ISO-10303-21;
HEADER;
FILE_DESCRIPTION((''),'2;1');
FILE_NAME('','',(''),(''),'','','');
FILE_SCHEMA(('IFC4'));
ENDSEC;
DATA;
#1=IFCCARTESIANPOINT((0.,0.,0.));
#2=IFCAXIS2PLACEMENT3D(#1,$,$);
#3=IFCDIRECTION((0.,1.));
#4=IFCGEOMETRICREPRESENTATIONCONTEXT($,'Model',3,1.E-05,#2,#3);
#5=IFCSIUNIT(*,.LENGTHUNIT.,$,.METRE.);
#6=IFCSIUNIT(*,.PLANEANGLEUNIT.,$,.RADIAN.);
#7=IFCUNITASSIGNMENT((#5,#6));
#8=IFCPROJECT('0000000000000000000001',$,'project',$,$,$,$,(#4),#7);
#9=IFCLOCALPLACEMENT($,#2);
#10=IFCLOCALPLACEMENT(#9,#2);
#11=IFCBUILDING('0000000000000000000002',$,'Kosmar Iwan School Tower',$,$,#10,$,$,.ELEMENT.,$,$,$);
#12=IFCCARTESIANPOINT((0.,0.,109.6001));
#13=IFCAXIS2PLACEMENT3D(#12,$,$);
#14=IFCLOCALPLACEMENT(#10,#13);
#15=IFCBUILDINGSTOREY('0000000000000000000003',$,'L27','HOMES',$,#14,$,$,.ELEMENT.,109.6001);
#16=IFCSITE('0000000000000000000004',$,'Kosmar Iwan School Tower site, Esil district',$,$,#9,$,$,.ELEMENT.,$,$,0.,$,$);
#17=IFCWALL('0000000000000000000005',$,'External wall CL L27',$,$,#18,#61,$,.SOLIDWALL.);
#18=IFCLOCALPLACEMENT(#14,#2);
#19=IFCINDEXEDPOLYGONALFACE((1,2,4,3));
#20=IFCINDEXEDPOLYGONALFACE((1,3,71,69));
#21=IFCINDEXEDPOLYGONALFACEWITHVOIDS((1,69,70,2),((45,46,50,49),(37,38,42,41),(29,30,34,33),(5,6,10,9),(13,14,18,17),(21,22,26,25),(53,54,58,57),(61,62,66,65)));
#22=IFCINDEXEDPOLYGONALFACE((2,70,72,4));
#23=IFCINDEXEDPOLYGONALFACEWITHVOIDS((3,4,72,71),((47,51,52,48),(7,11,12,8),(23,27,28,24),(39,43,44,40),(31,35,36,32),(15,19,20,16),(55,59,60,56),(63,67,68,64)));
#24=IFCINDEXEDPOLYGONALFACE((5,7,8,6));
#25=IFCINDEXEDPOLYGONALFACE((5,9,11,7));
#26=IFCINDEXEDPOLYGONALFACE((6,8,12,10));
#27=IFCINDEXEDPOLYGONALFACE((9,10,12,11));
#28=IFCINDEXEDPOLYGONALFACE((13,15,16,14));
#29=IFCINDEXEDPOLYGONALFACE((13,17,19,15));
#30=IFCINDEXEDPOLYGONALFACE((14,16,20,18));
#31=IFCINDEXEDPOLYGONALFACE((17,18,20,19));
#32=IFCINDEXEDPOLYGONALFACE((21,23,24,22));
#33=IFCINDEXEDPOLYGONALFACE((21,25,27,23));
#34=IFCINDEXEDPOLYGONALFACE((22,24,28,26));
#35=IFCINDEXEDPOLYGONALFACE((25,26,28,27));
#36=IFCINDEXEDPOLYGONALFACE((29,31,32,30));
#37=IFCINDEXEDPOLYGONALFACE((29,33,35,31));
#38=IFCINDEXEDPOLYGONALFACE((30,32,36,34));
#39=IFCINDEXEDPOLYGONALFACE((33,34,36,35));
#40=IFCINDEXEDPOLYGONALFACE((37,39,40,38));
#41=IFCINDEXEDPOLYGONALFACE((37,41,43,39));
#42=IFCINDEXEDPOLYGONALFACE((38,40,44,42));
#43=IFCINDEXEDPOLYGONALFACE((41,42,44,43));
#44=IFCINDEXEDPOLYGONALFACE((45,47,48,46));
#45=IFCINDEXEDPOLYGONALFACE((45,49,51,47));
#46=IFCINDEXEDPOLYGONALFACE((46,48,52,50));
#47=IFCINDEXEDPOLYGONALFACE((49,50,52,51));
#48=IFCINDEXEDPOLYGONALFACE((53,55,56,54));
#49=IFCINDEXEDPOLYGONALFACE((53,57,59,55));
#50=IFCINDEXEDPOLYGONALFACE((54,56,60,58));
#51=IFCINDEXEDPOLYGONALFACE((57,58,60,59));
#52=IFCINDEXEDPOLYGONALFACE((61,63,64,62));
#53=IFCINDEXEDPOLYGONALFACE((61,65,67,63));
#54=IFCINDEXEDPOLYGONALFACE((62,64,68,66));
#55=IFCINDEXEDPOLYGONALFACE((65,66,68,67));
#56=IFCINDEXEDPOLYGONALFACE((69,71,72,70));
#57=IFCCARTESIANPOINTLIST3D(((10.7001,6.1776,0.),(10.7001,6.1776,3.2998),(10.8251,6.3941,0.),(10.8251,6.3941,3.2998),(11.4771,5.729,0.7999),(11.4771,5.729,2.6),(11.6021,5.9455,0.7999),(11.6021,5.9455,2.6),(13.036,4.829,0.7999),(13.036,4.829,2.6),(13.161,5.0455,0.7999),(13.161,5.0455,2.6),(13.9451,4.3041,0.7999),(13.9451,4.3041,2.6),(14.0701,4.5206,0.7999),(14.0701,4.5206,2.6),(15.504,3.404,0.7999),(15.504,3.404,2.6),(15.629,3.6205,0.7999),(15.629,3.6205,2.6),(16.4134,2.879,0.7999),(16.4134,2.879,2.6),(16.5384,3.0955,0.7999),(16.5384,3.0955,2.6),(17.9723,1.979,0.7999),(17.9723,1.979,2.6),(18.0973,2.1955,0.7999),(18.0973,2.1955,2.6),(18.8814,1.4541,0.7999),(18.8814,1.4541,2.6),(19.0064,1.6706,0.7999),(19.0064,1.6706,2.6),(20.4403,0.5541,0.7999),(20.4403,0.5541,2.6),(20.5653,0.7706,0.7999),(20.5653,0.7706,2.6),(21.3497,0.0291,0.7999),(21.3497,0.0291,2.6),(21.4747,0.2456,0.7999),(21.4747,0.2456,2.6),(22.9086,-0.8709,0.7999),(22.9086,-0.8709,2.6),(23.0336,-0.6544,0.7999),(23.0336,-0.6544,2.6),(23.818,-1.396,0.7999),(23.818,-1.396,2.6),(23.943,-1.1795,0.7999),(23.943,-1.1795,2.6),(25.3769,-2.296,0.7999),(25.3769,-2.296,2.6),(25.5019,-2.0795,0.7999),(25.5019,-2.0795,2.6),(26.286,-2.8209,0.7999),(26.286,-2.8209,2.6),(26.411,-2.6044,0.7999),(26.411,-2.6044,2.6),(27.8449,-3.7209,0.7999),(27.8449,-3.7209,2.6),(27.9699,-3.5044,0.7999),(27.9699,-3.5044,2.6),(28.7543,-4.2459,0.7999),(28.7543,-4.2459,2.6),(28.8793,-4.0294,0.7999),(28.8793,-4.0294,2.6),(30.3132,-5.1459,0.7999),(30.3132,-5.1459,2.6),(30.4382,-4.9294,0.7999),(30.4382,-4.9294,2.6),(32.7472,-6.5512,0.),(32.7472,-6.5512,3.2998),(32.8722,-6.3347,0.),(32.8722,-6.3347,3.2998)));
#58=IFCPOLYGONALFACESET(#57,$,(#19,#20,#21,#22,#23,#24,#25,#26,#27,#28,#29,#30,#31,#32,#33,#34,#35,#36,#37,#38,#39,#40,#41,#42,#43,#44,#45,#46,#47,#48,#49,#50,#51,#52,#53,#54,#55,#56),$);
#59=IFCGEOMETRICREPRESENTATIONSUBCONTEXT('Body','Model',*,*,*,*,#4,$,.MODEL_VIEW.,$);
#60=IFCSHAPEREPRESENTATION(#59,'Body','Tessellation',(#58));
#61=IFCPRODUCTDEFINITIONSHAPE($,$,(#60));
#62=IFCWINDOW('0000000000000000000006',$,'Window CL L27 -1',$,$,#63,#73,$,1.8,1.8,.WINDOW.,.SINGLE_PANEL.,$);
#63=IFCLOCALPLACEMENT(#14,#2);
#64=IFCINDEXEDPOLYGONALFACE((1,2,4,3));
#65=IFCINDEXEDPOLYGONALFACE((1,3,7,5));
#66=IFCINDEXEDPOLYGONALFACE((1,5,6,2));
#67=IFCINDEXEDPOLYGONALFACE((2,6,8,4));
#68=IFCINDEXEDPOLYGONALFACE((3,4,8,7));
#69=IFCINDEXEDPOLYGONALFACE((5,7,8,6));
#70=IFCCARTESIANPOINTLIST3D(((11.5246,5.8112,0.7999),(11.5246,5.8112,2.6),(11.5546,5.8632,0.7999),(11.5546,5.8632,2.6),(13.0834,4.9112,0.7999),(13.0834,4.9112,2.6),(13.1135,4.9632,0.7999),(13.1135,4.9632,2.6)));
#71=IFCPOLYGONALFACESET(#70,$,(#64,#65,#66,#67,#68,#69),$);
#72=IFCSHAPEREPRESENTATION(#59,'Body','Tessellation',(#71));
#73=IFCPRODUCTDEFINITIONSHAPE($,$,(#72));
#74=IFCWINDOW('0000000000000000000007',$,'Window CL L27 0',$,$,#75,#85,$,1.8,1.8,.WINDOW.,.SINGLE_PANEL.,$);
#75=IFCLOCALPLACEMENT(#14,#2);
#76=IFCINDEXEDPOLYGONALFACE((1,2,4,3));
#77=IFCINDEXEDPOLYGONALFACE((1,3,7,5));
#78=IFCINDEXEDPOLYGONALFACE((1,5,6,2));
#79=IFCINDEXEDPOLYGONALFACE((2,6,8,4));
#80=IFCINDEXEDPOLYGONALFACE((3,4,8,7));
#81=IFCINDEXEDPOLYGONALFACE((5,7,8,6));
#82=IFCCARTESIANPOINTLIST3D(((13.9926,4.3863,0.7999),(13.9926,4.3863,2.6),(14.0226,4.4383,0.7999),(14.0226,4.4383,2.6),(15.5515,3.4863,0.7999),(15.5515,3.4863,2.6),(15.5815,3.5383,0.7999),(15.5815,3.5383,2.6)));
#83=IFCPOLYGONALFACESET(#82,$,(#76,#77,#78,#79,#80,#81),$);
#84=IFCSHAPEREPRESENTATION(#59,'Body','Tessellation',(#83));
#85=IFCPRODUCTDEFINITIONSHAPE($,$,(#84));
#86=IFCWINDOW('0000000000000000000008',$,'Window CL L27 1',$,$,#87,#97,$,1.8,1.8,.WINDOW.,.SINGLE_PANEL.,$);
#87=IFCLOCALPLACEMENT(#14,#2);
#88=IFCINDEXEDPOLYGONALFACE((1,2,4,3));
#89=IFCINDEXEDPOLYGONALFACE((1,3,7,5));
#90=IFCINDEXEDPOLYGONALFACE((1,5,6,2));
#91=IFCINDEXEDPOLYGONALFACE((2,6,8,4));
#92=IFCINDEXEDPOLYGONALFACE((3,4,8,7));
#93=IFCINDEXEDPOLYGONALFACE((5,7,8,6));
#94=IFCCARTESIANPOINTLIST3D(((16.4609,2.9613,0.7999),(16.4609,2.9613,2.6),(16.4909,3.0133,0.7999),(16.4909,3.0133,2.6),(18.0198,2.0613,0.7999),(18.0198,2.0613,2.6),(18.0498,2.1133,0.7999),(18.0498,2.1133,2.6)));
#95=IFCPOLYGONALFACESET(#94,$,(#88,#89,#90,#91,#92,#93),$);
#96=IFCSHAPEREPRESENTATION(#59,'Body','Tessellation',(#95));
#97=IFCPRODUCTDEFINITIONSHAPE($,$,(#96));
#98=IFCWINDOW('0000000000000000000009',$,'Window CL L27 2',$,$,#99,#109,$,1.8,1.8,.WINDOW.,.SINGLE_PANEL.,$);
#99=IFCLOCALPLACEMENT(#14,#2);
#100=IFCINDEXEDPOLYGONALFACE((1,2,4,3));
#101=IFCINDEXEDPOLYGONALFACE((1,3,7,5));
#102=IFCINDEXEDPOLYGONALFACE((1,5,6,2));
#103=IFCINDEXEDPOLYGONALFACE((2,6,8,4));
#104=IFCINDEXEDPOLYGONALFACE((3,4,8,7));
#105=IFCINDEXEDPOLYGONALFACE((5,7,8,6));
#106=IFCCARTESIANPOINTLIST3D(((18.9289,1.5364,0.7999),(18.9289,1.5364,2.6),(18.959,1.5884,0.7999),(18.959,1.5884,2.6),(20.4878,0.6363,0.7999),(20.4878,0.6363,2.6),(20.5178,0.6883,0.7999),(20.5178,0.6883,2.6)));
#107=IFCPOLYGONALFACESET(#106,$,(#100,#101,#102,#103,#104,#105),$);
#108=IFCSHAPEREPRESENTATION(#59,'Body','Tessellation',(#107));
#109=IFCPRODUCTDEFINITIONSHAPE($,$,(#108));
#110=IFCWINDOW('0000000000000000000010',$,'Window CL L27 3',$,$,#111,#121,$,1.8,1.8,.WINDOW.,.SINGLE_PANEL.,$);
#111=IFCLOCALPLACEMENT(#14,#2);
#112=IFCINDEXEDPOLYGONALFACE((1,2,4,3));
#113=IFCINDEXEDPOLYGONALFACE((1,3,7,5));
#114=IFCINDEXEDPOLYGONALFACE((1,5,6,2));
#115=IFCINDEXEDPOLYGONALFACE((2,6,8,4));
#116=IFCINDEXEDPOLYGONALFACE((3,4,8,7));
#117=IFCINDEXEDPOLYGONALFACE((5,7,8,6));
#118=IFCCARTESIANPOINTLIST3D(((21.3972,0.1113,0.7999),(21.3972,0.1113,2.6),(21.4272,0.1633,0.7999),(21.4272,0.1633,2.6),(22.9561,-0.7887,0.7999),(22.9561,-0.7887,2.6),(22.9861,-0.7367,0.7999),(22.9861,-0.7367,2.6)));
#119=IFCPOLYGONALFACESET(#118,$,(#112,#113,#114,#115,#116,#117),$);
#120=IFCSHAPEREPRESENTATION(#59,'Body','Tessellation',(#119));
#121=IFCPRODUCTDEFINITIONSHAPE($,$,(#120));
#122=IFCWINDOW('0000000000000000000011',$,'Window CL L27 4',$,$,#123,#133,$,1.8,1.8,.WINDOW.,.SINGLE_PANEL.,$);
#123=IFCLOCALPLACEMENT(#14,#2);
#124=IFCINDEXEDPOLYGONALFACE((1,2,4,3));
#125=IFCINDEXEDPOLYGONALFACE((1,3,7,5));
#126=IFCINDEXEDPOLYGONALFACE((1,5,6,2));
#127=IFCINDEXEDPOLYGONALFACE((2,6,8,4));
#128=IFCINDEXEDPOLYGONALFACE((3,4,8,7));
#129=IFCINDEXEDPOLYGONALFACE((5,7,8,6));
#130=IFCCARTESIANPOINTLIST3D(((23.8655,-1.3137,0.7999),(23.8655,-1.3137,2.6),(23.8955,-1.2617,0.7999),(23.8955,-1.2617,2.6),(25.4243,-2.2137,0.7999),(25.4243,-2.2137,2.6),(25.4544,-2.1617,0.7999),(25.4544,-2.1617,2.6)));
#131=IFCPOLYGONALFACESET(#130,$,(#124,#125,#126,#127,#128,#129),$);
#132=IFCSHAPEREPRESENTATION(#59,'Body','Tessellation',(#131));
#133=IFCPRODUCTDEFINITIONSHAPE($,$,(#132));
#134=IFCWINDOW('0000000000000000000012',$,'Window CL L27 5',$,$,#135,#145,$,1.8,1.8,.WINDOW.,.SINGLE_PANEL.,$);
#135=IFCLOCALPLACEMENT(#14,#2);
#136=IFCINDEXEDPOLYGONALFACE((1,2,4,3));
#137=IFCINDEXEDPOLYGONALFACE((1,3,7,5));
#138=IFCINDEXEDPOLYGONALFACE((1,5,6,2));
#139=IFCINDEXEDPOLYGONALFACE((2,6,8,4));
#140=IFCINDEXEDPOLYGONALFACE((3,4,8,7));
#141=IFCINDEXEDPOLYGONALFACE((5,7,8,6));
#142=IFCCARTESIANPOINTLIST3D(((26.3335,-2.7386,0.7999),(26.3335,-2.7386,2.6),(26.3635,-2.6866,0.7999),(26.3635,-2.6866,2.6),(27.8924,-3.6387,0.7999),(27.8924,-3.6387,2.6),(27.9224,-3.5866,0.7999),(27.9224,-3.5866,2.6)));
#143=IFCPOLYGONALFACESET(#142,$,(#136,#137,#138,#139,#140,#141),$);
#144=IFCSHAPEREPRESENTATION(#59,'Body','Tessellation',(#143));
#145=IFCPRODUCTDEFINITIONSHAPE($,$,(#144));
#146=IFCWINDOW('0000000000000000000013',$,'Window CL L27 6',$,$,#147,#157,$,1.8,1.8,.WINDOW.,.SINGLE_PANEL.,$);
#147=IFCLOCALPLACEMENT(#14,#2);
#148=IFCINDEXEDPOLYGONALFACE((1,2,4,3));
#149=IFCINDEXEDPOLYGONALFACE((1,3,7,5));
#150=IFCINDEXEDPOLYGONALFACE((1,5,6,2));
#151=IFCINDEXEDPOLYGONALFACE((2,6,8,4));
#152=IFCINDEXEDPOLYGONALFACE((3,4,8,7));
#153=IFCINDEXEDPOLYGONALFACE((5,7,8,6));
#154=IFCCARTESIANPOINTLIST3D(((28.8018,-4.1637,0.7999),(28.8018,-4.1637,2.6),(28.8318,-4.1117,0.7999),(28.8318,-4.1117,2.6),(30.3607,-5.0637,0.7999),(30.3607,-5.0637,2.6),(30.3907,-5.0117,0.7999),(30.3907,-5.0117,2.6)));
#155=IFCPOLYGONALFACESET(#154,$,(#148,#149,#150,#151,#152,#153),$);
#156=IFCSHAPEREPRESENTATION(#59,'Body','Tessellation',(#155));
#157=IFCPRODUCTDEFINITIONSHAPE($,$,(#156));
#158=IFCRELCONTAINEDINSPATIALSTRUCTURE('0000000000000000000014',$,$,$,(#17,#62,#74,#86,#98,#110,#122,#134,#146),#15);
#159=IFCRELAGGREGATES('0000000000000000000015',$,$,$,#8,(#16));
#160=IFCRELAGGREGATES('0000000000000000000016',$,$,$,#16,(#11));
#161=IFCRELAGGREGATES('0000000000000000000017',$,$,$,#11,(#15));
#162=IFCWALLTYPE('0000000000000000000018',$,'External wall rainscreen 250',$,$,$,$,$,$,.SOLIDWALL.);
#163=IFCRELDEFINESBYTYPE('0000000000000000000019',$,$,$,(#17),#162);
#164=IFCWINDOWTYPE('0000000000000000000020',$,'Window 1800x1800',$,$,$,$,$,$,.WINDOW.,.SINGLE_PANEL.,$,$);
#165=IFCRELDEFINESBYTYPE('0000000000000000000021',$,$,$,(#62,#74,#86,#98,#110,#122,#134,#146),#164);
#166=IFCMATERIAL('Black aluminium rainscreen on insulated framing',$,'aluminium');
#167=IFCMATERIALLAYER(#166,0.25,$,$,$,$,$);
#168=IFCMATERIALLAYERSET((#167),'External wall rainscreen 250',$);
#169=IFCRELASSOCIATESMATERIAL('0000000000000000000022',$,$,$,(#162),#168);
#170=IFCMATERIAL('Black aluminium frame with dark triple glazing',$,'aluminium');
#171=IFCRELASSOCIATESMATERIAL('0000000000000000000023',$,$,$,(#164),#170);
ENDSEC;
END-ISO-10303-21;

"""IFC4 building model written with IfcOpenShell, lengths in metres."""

from ifc_helpers import new_model, si_unit, direction, frame, frame_2d, origin, place, context, subcontext, project, spatial, rectangle, extrude, material, layer, layer_set, type_object, element, fill, save


model = new_model("IFC4")

# Units and contexts
model_context = context("Model", 3, precision=1e-05, world=origin(), true_north=direction((0.0, 1.0)))
body_context = subcontext(model_context, "Body", "Model", "MODEL_VIEW")
ifc_project = project(units=[si_unit("LENGTHUNIT", "METRE"), si_unit("PLANEANGLEUNIT", "RADIAN")], contexts=[model_context])

# Site, building, storey
site_placement = place(None, origin())
site = spatial("IfcSite", under=ifc_project, at=site_placement, Name="Kosmar Iwan School Tower site, Esil district", CompositionType="ELEMENT", RefElevation=0.0)
building_placement = place(site_placement, origin())
building = spatial("IfcBuilding", under=site, at=building_placement, Name="Kosmar Iwan School Tower", CompositionType="ELEMENT")
storey_placement = place(building_placement, frame((0.0, 0.0, 109.6001)))
storey = spatial("IfcBuildingStorey", under=building, at=storey_placement, Name="L27", Description="HOMES", CompositionType="ELEMENT", Elevation=109.6001)

# Wall, openings, windows
ifc_material_1 = material(Name="Black aluminium rainscreen on insulated framing", Category="aluminium")
ifc_layer = layer(ifc_material_1, 0.25)
ifc_layer_set = layer_set([ifc_layer], Name="External wall rainscreen 250")
wall_type = type_object("IfcWallType", Name="External wall rainscreen 250", PredefinedType="SOLIDWALL", material=ifc_layer_set)
wall_1_placement = place(storey_placement, frame((10.7625, 6.2859, 0.0), z_axis=(0.0, 0.0, 1.0), x_axis=(0.866028, -0.499996, 0.0)))
wall_1 = element("IfcWall", 1, at=wall_1_placement, inside=storey, type_object=wall_type, Name="External wall CL L27", PredefinedType="SOLIDWALL", context=body_context, shape_type="SweptSolid", body=[
    extrude(rectangle(XDim=25.4578, YDim=0.25, at=frame_2d((12.729, 0.0))), origin(), (0.0, 0.0, 1.0), 3.2998),
])
opening_1_placement = place(wall_1_placement, frame((0.8975, 0.0, 0.8)))
opening_1 = element("IfcOpeningElement", 2, at=opening_1_placement, cuts=wall_1, PredefinedType="OPENING", context=body_context, shape_type="SweptSolid", body=[
    extrude(rectangle(XDim=1.8, YDim=1.8, at=frame_2d((0.8999, 0.8999))), frame((0.0, 0.137, 0.0), z_axis=(0.0, -1.0, 0.0), x_axis=(1.0, 0.0, 0.0)), (0.0, 0.0, 1.0), 0.2739),
])
opening_2_placement = place(wall_1_placement, frame((3.7473, 0.0, 0.8)))
opening_2 = element("IfcOpeningElement", 3, at=opening_2_placement, cuts=wall_1, PredefinedType="OPENING", context=body_context, shape_type="SweptSolid", body=[
    extrude(rectangle(XDim=1.8, YDim=1.8, at=frame_2d((0.8999, 0.8999))), frame((0.0, 0.137, 0.0), z_axis=(0.0, -1.0, 0.0), x_axis=(1.0, 0.0, 0.0)), (0.0, 0.0, 1.0), 0.2739),
])
opening_3_placement = place(wall_1_placement, frame((6.5974, 0.0, 0.8)))
opening_3 = element("IfcOpeningElement", 4, at=opening_3_placement, cuts=wall_1, PredefinedType="OPENING", context=body_context, shape_type="SweptSolid", body=[
    extrude(rectangle(XDim=1.8, YDim=1.8, at=frame_2d((0.8999, 0.8999))), frame((0.0, 0.137, 0.0), z_axis=(0.0, -1.0, 0.0), x_axis=(1.0, 0.0, 0.0)), (0.0, 0.0, 1.0), 0.2739),
])
opening_4_placement = place(wall_1_placement, frame((9.4473, 0.0, 0.8)))
opening_4 = element("IfcOpeningElement", 5, at=opening_4_placement, cuts=wall_1, PredefinedType="OPENING", context=body_context, shape_type="SweptSolid", body=[
    extrude(rectangle(XDim=1.8, YDim=1.8, at=frame_2d((0.8999, 0.8999))), frame((0.0, 0.137, 0.0), z_axis=(0.0, -1.0, 0.0), x_axis=(1.0, 0.0, 0.0)), (0.0, 0.0, 1.0), 0.2739),
])
opening_5_placement = place(wall_1_placement, frame((12.2974, 0.0, 0.8)))
opening_5 = element("IfcOpeningElement", 6, at=opening_5_placement, cuts=wall_1, PredefinedType="OPENING", context=body_context, shape_type="SweptSolid", body=[
    extrude(rectangle(XDim=1.8, YDim=1.8, at=frame_2d((0.8999, 0.8999))), frame((0.0, 0.137, 0.0), z_axis=(0.0, -1.0, 0.0), x_axis=(1.0, 0.0, 0.0)), (0.0, 0.0, 1.0), 0.2739),
])
opening_6_placement = place(wall_1_placement, frame((15.1475, 0.0, 0.8)))
opening_6 = element("IfcOpeningElement", 7, at=opening_6_placement, cuts=wall_1, PredefinedType="OPENING", context=body_context, shape_type="SweptSolid", body=[
    extrude(rectangle(XDim=1.8, YDim=1.8, at=frame_2d((0.8999, 0.8999))), frame((0.0, 0.137, 0.0), z_axis=(0.0, -1.0, 0.0), x_axis=(1.0, 0.0, 0.0)), (0.0, 0.0, 1.0), 0.2739),
])
opening_7_placement = place(wall_1_placement, frame((17.9973, 0.0, 0.8)))
opening_7 = element("IfcOpeningElement", 8, at=opening_7_placement, cuts=wall_1, PredefinedType="OPENING", context=body_context, shape_type="SweptSolid", body=[
    extrude(rectangle(XDim=1.8, YDim=1.8, at=frame_2d((0.8999, 0.8999))), frame((0.0, 0.137, 0.0), z_axis=(0.0, -1.0, 0.0), x_axis=(1.0, 0.0, 0.0)), (0.0, 0.0, 1.0), 0.2739),
])
opening_8_placement = place(wall_1_placement, frame((20.8474, 0.0, 0.8)))
opening_8 = element("IfcOpeningElement", 9, at=opening_8_placement, cuts=wall_1, PredefinedType="OPENING", context=body_context, shape_type="SweptSolid", body=[
    extrude(rectangle(XDim=1.8, YDim=1.8, at=frame_2d((0.8999, 0.8999))), frame((0.0, 0.137, 0.0), z_axis=(0.0, -1.0, 0.0), x_axis=(1.0, 0.0, 0.0)), (0.0, 0.0, 1.0), 0.2739),
])
ifc_material_2 = material(Name="Black aluminium frame with dark triple glazing", Category="aluminium")
window_type = type_object("IfcWindowType", Name="Window 1800x1800", PartitioningType="SINGLE_PANEL", PredefinedType="WINDOW", material=ifc_material_2)
window_1_placement = place(opening_1_placement, origin())
window_1 = element("IfcWindow", 10, at=window_1_placement, inside=storey, type_object=window_type, Name="Window CL L27 -1", OverallHeight=1.8, OverallWidth=1.8, PartitioningType="SINGLE_PANEL", PredefinedType="WINDOW", context=body_context, shape_type="SweptSolid", body=[
    extrude(rectangle(XDim=1.8, YDim=1.8, at=frame_2d((0.8999, 0.8999))), frame((0.0, 0.03, 0.0), z_axis=(0.0, -1.0, 0.0), x_axis=(1.0, 0.0, 0.0)), (0.0, 0.0, 1.0), 0.0601),
])
fill(opening_1, window_1)
window_2_placement = place(opening_2_placement, origin())
window_2 = element("IfcWindow", 11, at=window_2_placement, inside=storey, type_object=window_type, Name="Window CL L27 0", OverallHeight=1.8, OverallWidth=1.8, PartitioningType="SINGLE_PANEL", PredefinedType="WINDOW", context=body_context, shape_type="SweptSolid", body=[
    extrude(rectangle(XDim=1.8, YDim=1.8, at=frame_2d((0.8999, 0.8999))), frame((0.0, 0.03, 0.0), z_axis=(0.0, -1.0, 0.0), x_axis=(1.0, 0.0, 0.0)), (0.0, 0.0, 1.0), 0.0601),
])
fill(opening_2, window_2)
window_3_placement = place(opening_3_placement, origin())
window_3 = element("IfcWindow", 12, at=window_3_placement, inside=storey, type_object=window_type, Name="Window CL L27 1", OverallHeight=1.8, OverallWidth=1.8, PartitioningType="SINGLE_PANEL", PredefinedType="WINDOW", context=body_context, shape_type="SweptSolid", body=[
    extrude(rectangle(XDim=1.8, YDim=1.8, at=frame_2d((0.8999, 0.8999))), frame((0.0, 0.03, 0.0), z_axis=(0.0, -1.0, 0.0), x_axis=(1.0, 0.0, 0.0)), (0.0, 0.0, 1.0), 0.0601),
])
fill(opening_3, window_3)
window_4_placement = place(opening_4_placement, origin())
window_4 = element("IfcWindow", 13, at=window_4_placement, inside=storey, type_object=window_type, Name="Window CL L27 2", OverallHeight=1.8, OverallWidth=1.8, PartitioningType="SINGLE_PANEL", PredefinedType="WINDOW", context=body_context, shape_type="SweptSolid", body=[
    extrude(rectangle(XDim=1.8, YDim=1.8, at=frame_2d((0.8999, 0.8999))), frame((0.0, 0.03, 0.0), z_axis=(0.0, -1.0, 0.0), x_axis=(1.0, 0.0, 0.0)), (0.0, 0.0, 1.0), 0.0601),
])
fill(opening_4, window_4)
window_5_placement = place(opening_5_placement, origin())
window_5 = element("IfcWindow", 14, at=window_5_placement, inside=storey, type_object=window_type, Name="Window CL L27 3", OverallHeight=1.8, OverallWidth=1.8, PartitioningType="SINGLE_PANEL", PredefinedType="WINDOW", context=body_context, shape_type="SweptSolid", body=[
    extrude(rectangle(XDim=1.8, YDim=1.8, at=frame_2d((0.8999, 0.8999))), frame((0.0, 0.03, 0.0), z_axis=(0.0, -1.0, 0.0), x_axis=(1.0, 0.0, 0.0)), (0.0, 0.0, 1.0), 0.0601),
])
fill(opening_5, window_5)
window_6_placement = place(opening_6_placement, origin())
window_6 = element("IfcWindow", 15, at=window_6_placement, inside=storey, type_object=window_type, Name="Window CL L27 4", OverallHeight=1.8, OverallWidth=1.8, PartitioningType="SINGLE_PANEL", PredefinedType="WINDOW", context=body_context, shape_type="SweptSolid", body=[
    extrude(rectangle(XDim=1.8, YDim=1.8, at=frame_2d((0.8999, 0.8999))), frame((0.0, 0.03, 0.0), z_axis=(0.0, -1.0, 0.0), x_axis=(1.0, 0.0, 0.0)), (0.0, 0.0, 1.0), 0.0601),
])
fill(opening_6, window_6)
window_7_placement = place(opening_7_placement, origin())
window_7 = element("IfcWindow", 16, at=window_7_placement, inside=storey, type_object=window_type, Name="Window CL L27 5", OverallHeight=1.8, OverallWidth=1.8, PartitioningType="SINGLE_PANEL", PredefinedType="WINDOW", context=body_context, shape_type="SweptSolid", body=[
    extrude(rectangle(XDim=1.8, YDim=1.8, at=frame_2d((0.8999, 0.8999))), frame((0.0, 0.03, 0.0), z_axis=(0.0, -1.0, 0.0), x_axis=(1.0, 0.0, 0.0)), (0.0, 0.0, 1.0), 0.0601),
])
fill(opening_7, window_7)
window_8_placement = place(opening_8_placement, origin())
window_8 = element("IfcWindow", 17, at=window_8_placement, inside=storey, type_object=window_type, Name="Window CL L27 6", OverallHeight=1.8, OverallWidth=1.8, PartitioningType="SINGLE_PANEL", PredefinedType="WINDOW", context=body_context, shape_type="SweptSolid", body=[
    extrude(rectangle(XDim=1.8, YDim=1.8, at=frame_2d((0.8999, 0.8999))), frame((0.0, 0.03, 0.0), z_axis=(0.0, -1.0, 0.0), x_axis=(1.0, 0.0, 0.0)), (0.0, 0.0, 1.0), 0.0601),
])
fill(opening_8, window_8)

save(model, "model.ifc")
